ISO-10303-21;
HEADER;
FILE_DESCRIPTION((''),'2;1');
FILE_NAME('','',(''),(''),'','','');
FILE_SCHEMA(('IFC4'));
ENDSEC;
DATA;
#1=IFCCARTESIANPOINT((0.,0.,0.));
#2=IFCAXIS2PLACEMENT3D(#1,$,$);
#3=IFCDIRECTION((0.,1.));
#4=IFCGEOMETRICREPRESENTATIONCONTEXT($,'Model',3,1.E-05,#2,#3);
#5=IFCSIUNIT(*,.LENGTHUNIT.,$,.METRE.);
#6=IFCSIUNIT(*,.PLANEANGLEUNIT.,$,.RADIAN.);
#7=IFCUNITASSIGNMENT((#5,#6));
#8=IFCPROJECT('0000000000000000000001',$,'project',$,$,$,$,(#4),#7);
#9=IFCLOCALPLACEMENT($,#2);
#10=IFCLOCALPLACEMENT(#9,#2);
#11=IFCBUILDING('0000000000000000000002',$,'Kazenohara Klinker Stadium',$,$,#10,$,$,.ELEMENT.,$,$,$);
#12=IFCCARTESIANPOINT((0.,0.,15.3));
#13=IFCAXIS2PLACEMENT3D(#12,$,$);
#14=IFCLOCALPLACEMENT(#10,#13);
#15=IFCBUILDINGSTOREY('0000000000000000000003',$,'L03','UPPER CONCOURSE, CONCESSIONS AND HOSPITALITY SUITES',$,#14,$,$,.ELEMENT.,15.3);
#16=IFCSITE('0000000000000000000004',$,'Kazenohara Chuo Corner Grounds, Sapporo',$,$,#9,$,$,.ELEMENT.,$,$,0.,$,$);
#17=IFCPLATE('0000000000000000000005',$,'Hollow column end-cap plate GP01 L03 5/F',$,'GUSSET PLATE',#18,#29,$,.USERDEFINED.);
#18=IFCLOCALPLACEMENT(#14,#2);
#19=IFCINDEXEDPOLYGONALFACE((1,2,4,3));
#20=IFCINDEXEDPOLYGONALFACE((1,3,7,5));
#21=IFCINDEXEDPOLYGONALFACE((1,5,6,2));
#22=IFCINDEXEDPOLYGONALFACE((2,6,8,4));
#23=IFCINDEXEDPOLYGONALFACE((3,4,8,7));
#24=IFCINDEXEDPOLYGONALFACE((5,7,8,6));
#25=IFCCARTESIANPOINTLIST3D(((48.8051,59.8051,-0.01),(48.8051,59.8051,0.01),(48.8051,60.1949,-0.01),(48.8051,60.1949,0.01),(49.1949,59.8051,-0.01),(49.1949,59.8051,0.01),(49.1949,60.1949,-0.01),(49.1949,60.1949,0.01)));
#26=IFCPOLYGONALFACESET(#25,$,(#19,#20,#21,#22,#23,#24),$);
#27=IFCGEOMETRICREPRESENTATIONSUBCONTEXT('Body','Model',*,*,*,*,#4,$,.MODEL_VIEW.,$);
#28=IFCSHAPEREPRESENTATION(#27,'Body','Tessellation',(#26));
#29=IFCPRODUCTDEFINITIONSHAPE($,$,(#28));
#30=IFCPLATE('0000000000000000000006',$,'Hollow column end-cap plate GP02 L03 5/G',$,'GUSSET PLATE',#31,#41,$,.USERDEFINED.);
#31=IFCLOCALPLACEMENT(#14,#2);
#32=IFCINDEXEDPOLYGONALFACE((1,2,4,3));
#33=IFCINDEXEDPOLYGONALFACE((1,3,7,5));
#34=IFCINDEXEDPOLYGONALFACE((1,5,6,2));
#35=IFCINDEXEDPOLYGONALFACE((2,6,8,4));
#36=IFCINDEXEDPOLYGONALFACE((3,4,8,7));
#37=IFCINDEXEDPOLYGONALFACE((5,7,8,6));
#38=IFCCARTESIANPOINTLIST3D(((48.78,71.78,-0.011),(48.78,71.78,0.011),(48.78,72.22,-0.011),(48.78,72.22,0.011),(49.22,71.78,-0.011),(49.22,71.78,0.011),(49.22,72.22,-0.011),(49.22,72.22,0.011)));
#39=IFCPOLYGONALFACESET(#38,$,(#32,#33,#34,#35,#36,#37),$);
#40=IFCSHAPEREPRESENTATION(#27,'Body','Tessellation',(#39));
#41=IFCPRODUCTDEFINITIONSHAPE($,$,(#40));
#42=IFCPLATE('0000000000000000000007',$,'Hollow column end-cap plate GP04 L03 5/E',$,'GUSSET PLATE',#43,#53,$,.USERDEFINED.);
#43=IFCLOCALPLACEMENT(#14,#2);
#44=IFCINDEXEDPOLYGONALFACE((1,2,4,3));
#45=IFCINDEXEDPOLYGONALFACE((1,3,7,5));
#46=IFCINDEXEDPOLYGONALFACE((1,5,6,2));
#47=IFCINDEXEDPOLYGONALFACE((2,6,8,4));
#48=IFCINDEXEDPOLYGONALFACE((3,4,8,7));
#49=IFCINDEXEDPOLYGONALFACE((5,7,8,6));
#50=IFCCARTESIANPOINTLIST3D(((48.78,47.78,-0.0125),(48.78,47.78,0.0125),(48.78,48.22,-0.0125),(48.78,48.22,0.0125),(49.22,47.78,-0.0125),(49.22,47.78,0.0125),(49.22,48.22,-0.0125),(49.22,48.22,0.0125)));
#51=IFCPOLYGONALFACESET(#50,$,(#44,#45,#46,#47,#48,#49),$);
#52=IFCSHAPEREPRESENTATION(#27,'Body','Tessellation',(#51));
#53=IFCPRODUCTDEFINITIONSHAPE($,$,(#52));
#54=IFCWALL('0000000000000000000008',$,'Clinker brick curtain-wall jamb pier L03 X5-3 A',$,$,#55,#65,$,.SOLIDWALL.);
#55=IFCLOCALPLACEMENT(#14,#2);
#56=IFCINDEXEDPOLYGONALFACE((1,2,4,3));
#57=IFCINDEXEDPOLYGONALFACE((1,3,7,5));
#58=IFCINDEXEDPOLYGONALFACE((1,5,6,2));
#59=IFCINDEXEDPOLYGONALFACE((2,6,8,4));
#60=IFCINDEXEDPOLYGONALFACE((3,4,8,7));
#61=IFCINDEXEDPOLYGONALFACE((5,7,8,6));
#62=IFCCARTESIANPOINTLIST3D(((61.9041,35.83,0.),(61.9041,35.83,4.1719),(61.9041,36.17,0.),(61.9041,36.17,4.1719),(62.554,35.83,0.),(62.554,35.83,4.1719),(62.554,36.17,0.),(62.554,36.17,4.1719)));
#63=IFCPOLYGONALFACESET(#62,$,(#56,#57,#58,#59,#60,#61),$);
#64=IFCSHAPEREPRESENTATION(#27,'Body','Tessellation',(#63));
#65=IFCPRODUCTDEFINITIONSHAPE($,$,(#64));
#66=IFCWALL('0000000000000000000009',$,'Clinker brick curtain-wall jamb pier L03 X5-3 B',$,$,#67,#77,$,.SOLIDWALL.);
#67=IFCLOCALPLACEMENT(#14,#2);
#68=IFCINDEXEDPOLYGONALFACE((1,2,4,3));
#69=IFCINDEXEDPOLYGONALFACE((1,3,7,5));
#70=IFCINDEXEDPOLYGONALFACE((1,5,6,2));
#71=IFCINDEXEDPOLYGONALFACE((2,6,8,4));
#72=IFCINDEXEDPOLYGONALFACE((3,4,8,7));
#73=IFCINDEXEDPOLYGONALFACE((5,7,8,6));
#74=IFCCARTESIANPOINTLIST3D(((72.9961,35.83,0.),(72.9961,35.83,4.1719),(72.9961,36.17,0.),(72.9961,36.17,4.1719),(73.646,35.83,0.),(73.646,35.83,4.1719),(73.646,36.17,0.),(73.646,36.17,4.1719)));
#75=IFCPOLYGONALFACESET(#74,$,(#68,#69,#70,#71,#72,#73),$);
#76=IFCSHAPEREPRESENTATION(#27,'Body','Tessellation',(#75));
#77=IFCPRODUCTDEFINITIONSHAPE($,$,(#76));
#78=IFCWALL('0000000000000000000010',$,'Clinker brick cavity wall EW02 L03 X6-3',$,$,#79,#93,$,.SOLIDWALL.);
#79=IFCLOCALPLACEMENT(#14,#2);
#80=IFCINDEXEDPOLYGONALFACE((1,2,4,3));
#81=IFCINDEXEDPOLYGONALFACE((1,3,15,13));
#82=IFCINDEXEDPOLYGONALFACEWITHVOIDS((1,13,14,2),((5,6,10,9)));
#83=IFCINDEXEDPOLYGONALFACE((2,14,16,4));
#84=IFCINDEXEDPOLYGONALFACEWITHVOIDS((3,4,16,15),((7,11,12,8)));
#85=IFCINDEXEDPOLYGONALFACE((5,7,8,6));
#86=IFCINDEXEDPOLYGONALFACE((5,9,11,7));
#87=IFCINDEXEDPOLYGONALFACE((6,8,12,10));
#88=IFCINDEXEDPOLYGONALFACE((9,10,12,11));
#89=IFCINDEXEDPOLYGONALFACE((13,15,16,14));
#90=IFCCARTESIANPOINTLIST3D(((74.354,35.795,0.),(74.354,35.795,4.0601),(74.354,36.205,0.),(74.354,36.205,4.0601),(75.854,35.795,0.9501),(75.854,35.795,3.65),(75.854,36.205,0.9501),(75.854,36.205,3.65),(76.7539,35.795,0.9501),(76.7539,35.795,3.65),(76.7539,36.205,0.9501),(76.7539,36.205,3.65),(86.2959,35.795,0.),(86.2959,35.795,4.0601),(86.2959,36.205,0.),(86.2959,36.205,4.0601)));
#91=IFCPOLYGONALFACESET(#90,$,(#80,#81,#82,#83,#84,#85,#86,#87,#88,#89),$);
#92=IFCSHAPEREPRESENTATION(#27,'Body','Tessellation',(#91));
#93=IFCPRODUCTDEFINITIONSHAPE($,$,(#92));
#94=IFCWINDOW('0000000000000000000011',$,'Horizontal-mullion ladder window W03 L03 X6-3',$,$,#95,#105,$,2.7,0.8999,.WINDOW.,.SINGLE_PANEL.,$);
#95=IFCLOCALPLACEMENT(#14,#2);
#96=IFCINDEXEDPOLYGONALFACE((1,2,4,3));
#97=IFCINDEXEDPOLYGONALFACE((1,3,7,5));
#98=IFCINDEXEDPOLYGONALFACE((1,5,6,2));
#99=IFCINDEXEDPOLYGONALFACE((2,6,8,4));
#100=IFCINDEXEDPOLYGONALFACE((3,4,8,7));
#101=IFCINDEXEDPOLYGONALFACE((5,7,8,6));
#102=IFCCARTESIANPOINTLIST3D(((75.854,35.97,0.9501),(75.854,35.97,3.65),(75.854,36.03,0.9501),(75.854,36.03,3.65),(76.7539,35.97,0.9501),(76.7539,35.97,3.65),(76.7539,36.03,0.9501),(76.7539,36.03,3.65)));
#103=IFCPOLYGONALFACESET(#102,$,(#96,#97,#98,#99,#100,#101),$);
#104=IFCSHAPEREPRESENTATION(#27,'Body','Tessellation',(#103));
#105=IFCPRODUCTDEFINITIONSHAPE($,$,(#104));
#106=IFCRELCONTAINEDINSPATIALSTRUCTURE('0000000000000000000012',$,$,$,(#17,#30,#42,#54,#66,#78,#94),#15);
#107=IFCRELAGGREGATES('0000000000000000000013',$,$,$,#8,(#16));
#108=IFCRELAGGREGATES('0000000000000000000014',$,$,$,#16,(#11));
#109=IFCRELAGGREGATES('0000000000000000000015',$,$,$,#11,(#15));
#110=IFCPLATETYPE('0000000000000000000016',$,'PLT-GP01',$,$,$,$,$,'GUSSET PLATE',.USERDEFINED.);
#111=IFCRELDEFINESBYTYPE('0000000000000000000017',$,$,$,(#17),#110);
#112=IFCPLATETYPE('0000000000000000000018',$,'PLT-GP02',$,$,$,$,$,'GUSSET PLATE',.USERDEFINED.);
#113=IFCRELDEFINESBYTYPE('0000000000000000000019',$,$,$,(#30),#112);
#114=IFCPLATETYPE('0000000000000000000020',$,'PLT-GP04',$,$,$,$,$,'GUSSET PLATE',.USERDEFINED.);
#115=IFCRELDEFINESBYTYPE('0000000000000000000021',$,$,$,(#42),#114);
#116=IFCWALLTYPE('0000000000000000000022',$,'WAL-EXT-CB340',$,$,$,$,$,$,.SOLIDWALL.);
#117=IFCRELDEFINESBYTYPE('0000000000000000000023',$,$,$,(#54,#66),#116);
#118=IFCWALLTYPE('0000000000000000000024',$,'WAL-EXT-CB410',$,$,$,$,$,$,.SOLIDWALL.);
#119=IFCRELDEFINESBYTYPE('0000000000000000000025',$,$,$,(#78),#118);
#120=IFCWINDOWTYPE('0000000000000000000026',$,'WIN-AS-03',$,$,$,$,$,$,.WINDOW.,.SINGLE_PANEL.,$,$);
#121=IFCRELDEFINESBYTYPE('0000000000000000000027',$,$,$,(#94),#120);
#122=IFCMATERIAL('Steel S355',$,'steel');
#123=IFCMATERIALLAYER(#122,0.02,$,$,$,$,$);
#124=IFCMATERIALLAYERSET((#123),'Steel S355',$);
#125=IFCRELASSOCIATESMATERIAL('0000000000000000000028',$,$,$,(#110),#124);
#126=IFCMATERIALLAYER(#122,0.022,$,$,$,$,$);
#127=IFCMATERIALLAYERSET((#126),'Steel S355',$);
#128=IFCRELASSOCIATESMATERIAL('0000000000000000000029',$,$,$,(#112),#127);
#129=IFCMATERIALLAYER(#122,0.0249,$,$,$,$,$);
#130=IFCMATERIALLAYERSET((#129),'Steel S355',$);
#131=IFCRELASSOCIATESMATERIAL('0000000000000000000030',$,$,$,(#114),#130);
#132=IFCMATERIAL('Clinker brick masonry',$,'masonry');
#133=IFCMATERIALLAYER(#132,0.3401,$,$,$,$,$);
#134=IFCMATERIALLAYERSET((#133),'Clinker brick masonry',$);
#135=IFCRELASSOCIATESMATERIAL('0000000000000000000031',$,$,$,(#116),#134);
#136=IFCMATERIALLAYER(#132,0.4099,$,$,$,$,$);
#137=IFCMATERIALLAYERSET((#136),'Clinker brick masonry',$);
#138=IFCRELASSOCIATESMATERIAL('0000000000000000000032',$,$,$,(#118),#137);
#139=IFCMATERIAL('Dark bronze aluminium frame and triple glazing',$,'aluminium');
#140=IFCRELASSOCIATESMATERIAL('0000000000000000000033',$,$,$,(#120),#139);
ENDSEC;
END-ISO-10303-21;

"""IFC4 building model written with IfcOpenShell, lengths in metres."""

from ifc_helpers import new_model, si_unit, direction, frame, frame_2d, origin, origin_2d, place, context, subcontext, project, spatial, rectangle, extrude, material, layer, layer_set, type_object, element, fill, save


model = new_model("IFC4")

# Units and contexts
model_context = context("Model", 3, precision=1e-05, world=origin(), true_north=direction((0.0, 1.0)))
body_context = subcontext(model_context, "Body", "Model", "MODEL_VIEW")
ifc_project = project(units=[si_unit("LENGTHUNIT", "METRE"), si_unit("PLANEANGLEUNIT", "RADIAN")], contexts=[model_context])

# Site, building, storey
site_placement = place(None, origin())
site = spatial("IfcSite", under=ifc_project, at=site_placement, Name="Kazenohara Chuo Corner Grounds, Sapporo", CompositionType="ELEMENT", RefElevation=0.0)
building_placement = place(site_placement, origin())
building = spatial("IfcBuilding", under=site, at=building_placement, Name="Kazenohara Klinker Stadium", CompositionType="ELEMENT")
storey_placement = place(building_placement, frame((0.0, 0.0, 15.3)))
storey = spatial("IfcBuildingStorey", under=building, at=storey_placement, Name="L03", Description="UPPER CONCOURSE, CONCESSIONS AND HOSPITALITY SUITES", CompositionType="ELEMENT", Elevation=15.3)

# Shared definitions
ifc_material_1 = material(Name="Steel S355", Category="steel")

# Plates
ifc_layer_1 = layer(ifc_material_1, 0.02)
ifc_layer_set_1 = layer_set([ifc_layer_1], Name="Steel S355")
plate_type_1 = type_object("IfcPlateType", Name="PLT-GP01", ElementType="GUSSET PLATE", PredefinedType="USERDEFINED", material=ifc_layer_set_1)
plate_1_placement = place(storey_placement, frame((49.0, 60.0, -0.01), z_axis=(0.0, 0.0, 1.0), x_axis=(1.0, 0.0, 0.0)))
element("IfcPlate", 1, at=plate_1_placement, inside=storey, type_object=plate_type_1, Name="Hollow column end-cap plate GP01 L03 5/F", ObjectType="GUSSET PLATE", PredefinedType="USERDEFINED", context=body_context, shape_type="SweptSolid", body=[
    extrude(rectangle(XDim=0.3899, YDim=0.3899, at=origin_2d()), origin(), (0.0, 0.0, 1.0), 0.02),
])
ifc_layer_2 = layer(ifc_material_1, 0.022)
ifc_layer_set_2 = layer_set([ifc_layer_2], Name="Steel S355")
plate_type_2 = type_object("IfcPlateType", Name="PLT-GP02", ElementType="GUSSET PLATE", PredefinedType="USERDEFINED", material=ifc_layer_set_2)
plate_2_placement = place(storey_placement, frame((49.0, 72.0, -0.011), z_axis=(0.0, 0.0, 1.0), x_axis=(1.0, 0.0, 0.0)))
element("IfcPlate", 2, at=plate_2_placement, inside=storey, type_object=plate_type_2, Name="Hollow column end-cap plate GP02 L03 5/G", ObjectType="GUSSET PLATE", PredefinedType="USERDEFINED", context=body_context, shape_type="SweptSolid", body=[
    extrude(rectangle(XDim=0.4399, YDim=0.4399, at=origin_2d()), origin(), (0.0, 0.0, 1.0), 0.022),
])
ifc_layer_3 = layer(ifc_material_1, 0.0249)
ifc_layer_set_3 = layer_set([ifc_layer_3], Name="Steel S355")
plate_type_3 = type_object("IfcPlateType", Name="PLT-GP04", ElementType="GUSSET PLATE", PredefinedType="USERDEFINED", material=ifc_layer_set_3)
plate_3_placement = place(storey_placement, frame((49.0, 48.0, -0.0125), z_axis=(0.0, 0.0, 1.0), x_axis=(1.0, 0.0, 0.0)))
element("IfcPlate", 3, at=plate_3_placement, inside=storey, type_object=plate_type_3, Name="Hollow column end-cap plate GP04 L03 5/E", ObjectType="GUSSET PLATE", PredefinedType="USERDEFINED", context=body_context, shape_type="SweptSolid", body=[
    extrude(rectangle(XDim=0.4399, YDim=0.4399, at=origin_2d()), origin(), (0.0, 0.0, 1.0), 0.0249),
])

# Walls
ifc_material_2 = material(Name="Clinker brick masonry", Category="masonry")
ifc_layer_4 = layer(ifc_material_2, 0.3401)
ifc_layer_set_4 = layer_set([ifc_layer_4], Name="Clinker brick masonry")
wall_type_1 = type_object("IfcWallType", Name="WAL-EXT-CB340", PredefinedType="SOLIDWALL", material=ifc_layer_set_4)
for number, where, z_axis, x_axis, name in (
    (4, (61.9041, 36.0, 0.0), (0.0, 0.0, 1.0), (1.0, 0.0, 0.0), "Clinker brick curtain-wall jamb pier L03 X5-3 A"),
    (5, (72.9961, 36.0, 0.0), (0.0, 0.0, 1.0), (1.0, 0.0, 0.0), "Clinker brick curtain-wall jamb pier L03 X5-3 B"),
):
    element("IfcWall", number, at=place(storey_placement, frame(where, z_axis=z_axis, x_axis=x_axis)), inside=storey, type_object=wall_type_1, Name=name, PredefinedType="SOLIDWALL", context=body_context, shape_type="SweptSolid", body=[
        extrude(rectangle(XDim=0.6499, YDim=0.3401, at=frame_2d((0.325, 0.0))), origin(), (0.0, 0.0, 1.0), 4.1719),
    ])

# Wall, opening, window
ifc_layer_5 = layer(ifc_material_2, 0.4099)
ifc_layer_set_5 = layer_set([ifc_layer_5], Name="Clinker brick masonry")
wall_type_2 = type_object("IfcWallType", Name="WAL-EXT-CB410", PredefinedType="SOLIDWALL", material=ifc_layer_set_5)
wall_placement = place(storey_placement, frame((74.354, 36.0, 0.0), z_axis=(0.0, 0.0, 1.0), x_axis=(1.0, 0.0, 0.0)))
wall = element("IfcWall", 6, at=wall_placement, inside=storey, type_object=wall_type_2, Name="Clinker brick cavity wall EW02 L03 X6-3", PredefinedType="SOLIDWALL", context=body_context, shape_type="SweptSolid", body=[
    extrude(rectangle(XDim=11.9419, YDim=0.4099, at=frame_2d((5.9709, 0.0))), origin(), (0.0, 0.0, 1.0), 4.0601),
])
opening_placement = place(wall_placement, frame((1.5, 0.0, 0.95)))
opening = element("IfcOpeningElement", 7, at=opening_placement, cuts=wall, PredefinedType="OPENING", context=body_context, shape_type="SweptSolid", body=[
    extrude(rectangle(XDim=0.8999, YDim=2.7, at=frame_2d((0.45, 1.3501))), frame((0.0, 0.2148, 0.0), z_axis=(0.0, -1.0, 0.0), x_axis=(1.0, 0.0, 0.0)), (0.0, 0.0, 1.0), 0.4299),
])
ifc_material_3 = material(Name="Dark bronze aluminium frame and triple glazing", Category="aluminium")
window_type = type_object("IfcWindowType", Name="WIN-AS-03", PartitioningType="SINGLE_PANEL", PredefinedType="WINDOW", material=ifc_material_3)
window_placement = place(opening_placement, origin())
window = element("IfcWindow", 8, at=window_placement, inside=storey, type_object=window_type, Name="Horizontal-mullion ladder window W03 L03 X6-3", OverallHeight=2.7, OverallWidth=0.8999, PartitioningType="SINGLE_PANEL", PredefinedType="WINDOW", context=body_context, shape_type="SweptSolid", body=[
    extrude(rectangle(XDim=0.8999, YDim=2.7, at=frame_2d((0.45, 1.3501))), frame((0.0, 0.03, 0.0), z_axis=(0.0, -1.0, 0.0), x_axis=(1.0, 0.0, 0.0)), (0.0, 0.0, 1.0), 0.0601),
])
fill(opening, window)

save(model, "model.ifc")
